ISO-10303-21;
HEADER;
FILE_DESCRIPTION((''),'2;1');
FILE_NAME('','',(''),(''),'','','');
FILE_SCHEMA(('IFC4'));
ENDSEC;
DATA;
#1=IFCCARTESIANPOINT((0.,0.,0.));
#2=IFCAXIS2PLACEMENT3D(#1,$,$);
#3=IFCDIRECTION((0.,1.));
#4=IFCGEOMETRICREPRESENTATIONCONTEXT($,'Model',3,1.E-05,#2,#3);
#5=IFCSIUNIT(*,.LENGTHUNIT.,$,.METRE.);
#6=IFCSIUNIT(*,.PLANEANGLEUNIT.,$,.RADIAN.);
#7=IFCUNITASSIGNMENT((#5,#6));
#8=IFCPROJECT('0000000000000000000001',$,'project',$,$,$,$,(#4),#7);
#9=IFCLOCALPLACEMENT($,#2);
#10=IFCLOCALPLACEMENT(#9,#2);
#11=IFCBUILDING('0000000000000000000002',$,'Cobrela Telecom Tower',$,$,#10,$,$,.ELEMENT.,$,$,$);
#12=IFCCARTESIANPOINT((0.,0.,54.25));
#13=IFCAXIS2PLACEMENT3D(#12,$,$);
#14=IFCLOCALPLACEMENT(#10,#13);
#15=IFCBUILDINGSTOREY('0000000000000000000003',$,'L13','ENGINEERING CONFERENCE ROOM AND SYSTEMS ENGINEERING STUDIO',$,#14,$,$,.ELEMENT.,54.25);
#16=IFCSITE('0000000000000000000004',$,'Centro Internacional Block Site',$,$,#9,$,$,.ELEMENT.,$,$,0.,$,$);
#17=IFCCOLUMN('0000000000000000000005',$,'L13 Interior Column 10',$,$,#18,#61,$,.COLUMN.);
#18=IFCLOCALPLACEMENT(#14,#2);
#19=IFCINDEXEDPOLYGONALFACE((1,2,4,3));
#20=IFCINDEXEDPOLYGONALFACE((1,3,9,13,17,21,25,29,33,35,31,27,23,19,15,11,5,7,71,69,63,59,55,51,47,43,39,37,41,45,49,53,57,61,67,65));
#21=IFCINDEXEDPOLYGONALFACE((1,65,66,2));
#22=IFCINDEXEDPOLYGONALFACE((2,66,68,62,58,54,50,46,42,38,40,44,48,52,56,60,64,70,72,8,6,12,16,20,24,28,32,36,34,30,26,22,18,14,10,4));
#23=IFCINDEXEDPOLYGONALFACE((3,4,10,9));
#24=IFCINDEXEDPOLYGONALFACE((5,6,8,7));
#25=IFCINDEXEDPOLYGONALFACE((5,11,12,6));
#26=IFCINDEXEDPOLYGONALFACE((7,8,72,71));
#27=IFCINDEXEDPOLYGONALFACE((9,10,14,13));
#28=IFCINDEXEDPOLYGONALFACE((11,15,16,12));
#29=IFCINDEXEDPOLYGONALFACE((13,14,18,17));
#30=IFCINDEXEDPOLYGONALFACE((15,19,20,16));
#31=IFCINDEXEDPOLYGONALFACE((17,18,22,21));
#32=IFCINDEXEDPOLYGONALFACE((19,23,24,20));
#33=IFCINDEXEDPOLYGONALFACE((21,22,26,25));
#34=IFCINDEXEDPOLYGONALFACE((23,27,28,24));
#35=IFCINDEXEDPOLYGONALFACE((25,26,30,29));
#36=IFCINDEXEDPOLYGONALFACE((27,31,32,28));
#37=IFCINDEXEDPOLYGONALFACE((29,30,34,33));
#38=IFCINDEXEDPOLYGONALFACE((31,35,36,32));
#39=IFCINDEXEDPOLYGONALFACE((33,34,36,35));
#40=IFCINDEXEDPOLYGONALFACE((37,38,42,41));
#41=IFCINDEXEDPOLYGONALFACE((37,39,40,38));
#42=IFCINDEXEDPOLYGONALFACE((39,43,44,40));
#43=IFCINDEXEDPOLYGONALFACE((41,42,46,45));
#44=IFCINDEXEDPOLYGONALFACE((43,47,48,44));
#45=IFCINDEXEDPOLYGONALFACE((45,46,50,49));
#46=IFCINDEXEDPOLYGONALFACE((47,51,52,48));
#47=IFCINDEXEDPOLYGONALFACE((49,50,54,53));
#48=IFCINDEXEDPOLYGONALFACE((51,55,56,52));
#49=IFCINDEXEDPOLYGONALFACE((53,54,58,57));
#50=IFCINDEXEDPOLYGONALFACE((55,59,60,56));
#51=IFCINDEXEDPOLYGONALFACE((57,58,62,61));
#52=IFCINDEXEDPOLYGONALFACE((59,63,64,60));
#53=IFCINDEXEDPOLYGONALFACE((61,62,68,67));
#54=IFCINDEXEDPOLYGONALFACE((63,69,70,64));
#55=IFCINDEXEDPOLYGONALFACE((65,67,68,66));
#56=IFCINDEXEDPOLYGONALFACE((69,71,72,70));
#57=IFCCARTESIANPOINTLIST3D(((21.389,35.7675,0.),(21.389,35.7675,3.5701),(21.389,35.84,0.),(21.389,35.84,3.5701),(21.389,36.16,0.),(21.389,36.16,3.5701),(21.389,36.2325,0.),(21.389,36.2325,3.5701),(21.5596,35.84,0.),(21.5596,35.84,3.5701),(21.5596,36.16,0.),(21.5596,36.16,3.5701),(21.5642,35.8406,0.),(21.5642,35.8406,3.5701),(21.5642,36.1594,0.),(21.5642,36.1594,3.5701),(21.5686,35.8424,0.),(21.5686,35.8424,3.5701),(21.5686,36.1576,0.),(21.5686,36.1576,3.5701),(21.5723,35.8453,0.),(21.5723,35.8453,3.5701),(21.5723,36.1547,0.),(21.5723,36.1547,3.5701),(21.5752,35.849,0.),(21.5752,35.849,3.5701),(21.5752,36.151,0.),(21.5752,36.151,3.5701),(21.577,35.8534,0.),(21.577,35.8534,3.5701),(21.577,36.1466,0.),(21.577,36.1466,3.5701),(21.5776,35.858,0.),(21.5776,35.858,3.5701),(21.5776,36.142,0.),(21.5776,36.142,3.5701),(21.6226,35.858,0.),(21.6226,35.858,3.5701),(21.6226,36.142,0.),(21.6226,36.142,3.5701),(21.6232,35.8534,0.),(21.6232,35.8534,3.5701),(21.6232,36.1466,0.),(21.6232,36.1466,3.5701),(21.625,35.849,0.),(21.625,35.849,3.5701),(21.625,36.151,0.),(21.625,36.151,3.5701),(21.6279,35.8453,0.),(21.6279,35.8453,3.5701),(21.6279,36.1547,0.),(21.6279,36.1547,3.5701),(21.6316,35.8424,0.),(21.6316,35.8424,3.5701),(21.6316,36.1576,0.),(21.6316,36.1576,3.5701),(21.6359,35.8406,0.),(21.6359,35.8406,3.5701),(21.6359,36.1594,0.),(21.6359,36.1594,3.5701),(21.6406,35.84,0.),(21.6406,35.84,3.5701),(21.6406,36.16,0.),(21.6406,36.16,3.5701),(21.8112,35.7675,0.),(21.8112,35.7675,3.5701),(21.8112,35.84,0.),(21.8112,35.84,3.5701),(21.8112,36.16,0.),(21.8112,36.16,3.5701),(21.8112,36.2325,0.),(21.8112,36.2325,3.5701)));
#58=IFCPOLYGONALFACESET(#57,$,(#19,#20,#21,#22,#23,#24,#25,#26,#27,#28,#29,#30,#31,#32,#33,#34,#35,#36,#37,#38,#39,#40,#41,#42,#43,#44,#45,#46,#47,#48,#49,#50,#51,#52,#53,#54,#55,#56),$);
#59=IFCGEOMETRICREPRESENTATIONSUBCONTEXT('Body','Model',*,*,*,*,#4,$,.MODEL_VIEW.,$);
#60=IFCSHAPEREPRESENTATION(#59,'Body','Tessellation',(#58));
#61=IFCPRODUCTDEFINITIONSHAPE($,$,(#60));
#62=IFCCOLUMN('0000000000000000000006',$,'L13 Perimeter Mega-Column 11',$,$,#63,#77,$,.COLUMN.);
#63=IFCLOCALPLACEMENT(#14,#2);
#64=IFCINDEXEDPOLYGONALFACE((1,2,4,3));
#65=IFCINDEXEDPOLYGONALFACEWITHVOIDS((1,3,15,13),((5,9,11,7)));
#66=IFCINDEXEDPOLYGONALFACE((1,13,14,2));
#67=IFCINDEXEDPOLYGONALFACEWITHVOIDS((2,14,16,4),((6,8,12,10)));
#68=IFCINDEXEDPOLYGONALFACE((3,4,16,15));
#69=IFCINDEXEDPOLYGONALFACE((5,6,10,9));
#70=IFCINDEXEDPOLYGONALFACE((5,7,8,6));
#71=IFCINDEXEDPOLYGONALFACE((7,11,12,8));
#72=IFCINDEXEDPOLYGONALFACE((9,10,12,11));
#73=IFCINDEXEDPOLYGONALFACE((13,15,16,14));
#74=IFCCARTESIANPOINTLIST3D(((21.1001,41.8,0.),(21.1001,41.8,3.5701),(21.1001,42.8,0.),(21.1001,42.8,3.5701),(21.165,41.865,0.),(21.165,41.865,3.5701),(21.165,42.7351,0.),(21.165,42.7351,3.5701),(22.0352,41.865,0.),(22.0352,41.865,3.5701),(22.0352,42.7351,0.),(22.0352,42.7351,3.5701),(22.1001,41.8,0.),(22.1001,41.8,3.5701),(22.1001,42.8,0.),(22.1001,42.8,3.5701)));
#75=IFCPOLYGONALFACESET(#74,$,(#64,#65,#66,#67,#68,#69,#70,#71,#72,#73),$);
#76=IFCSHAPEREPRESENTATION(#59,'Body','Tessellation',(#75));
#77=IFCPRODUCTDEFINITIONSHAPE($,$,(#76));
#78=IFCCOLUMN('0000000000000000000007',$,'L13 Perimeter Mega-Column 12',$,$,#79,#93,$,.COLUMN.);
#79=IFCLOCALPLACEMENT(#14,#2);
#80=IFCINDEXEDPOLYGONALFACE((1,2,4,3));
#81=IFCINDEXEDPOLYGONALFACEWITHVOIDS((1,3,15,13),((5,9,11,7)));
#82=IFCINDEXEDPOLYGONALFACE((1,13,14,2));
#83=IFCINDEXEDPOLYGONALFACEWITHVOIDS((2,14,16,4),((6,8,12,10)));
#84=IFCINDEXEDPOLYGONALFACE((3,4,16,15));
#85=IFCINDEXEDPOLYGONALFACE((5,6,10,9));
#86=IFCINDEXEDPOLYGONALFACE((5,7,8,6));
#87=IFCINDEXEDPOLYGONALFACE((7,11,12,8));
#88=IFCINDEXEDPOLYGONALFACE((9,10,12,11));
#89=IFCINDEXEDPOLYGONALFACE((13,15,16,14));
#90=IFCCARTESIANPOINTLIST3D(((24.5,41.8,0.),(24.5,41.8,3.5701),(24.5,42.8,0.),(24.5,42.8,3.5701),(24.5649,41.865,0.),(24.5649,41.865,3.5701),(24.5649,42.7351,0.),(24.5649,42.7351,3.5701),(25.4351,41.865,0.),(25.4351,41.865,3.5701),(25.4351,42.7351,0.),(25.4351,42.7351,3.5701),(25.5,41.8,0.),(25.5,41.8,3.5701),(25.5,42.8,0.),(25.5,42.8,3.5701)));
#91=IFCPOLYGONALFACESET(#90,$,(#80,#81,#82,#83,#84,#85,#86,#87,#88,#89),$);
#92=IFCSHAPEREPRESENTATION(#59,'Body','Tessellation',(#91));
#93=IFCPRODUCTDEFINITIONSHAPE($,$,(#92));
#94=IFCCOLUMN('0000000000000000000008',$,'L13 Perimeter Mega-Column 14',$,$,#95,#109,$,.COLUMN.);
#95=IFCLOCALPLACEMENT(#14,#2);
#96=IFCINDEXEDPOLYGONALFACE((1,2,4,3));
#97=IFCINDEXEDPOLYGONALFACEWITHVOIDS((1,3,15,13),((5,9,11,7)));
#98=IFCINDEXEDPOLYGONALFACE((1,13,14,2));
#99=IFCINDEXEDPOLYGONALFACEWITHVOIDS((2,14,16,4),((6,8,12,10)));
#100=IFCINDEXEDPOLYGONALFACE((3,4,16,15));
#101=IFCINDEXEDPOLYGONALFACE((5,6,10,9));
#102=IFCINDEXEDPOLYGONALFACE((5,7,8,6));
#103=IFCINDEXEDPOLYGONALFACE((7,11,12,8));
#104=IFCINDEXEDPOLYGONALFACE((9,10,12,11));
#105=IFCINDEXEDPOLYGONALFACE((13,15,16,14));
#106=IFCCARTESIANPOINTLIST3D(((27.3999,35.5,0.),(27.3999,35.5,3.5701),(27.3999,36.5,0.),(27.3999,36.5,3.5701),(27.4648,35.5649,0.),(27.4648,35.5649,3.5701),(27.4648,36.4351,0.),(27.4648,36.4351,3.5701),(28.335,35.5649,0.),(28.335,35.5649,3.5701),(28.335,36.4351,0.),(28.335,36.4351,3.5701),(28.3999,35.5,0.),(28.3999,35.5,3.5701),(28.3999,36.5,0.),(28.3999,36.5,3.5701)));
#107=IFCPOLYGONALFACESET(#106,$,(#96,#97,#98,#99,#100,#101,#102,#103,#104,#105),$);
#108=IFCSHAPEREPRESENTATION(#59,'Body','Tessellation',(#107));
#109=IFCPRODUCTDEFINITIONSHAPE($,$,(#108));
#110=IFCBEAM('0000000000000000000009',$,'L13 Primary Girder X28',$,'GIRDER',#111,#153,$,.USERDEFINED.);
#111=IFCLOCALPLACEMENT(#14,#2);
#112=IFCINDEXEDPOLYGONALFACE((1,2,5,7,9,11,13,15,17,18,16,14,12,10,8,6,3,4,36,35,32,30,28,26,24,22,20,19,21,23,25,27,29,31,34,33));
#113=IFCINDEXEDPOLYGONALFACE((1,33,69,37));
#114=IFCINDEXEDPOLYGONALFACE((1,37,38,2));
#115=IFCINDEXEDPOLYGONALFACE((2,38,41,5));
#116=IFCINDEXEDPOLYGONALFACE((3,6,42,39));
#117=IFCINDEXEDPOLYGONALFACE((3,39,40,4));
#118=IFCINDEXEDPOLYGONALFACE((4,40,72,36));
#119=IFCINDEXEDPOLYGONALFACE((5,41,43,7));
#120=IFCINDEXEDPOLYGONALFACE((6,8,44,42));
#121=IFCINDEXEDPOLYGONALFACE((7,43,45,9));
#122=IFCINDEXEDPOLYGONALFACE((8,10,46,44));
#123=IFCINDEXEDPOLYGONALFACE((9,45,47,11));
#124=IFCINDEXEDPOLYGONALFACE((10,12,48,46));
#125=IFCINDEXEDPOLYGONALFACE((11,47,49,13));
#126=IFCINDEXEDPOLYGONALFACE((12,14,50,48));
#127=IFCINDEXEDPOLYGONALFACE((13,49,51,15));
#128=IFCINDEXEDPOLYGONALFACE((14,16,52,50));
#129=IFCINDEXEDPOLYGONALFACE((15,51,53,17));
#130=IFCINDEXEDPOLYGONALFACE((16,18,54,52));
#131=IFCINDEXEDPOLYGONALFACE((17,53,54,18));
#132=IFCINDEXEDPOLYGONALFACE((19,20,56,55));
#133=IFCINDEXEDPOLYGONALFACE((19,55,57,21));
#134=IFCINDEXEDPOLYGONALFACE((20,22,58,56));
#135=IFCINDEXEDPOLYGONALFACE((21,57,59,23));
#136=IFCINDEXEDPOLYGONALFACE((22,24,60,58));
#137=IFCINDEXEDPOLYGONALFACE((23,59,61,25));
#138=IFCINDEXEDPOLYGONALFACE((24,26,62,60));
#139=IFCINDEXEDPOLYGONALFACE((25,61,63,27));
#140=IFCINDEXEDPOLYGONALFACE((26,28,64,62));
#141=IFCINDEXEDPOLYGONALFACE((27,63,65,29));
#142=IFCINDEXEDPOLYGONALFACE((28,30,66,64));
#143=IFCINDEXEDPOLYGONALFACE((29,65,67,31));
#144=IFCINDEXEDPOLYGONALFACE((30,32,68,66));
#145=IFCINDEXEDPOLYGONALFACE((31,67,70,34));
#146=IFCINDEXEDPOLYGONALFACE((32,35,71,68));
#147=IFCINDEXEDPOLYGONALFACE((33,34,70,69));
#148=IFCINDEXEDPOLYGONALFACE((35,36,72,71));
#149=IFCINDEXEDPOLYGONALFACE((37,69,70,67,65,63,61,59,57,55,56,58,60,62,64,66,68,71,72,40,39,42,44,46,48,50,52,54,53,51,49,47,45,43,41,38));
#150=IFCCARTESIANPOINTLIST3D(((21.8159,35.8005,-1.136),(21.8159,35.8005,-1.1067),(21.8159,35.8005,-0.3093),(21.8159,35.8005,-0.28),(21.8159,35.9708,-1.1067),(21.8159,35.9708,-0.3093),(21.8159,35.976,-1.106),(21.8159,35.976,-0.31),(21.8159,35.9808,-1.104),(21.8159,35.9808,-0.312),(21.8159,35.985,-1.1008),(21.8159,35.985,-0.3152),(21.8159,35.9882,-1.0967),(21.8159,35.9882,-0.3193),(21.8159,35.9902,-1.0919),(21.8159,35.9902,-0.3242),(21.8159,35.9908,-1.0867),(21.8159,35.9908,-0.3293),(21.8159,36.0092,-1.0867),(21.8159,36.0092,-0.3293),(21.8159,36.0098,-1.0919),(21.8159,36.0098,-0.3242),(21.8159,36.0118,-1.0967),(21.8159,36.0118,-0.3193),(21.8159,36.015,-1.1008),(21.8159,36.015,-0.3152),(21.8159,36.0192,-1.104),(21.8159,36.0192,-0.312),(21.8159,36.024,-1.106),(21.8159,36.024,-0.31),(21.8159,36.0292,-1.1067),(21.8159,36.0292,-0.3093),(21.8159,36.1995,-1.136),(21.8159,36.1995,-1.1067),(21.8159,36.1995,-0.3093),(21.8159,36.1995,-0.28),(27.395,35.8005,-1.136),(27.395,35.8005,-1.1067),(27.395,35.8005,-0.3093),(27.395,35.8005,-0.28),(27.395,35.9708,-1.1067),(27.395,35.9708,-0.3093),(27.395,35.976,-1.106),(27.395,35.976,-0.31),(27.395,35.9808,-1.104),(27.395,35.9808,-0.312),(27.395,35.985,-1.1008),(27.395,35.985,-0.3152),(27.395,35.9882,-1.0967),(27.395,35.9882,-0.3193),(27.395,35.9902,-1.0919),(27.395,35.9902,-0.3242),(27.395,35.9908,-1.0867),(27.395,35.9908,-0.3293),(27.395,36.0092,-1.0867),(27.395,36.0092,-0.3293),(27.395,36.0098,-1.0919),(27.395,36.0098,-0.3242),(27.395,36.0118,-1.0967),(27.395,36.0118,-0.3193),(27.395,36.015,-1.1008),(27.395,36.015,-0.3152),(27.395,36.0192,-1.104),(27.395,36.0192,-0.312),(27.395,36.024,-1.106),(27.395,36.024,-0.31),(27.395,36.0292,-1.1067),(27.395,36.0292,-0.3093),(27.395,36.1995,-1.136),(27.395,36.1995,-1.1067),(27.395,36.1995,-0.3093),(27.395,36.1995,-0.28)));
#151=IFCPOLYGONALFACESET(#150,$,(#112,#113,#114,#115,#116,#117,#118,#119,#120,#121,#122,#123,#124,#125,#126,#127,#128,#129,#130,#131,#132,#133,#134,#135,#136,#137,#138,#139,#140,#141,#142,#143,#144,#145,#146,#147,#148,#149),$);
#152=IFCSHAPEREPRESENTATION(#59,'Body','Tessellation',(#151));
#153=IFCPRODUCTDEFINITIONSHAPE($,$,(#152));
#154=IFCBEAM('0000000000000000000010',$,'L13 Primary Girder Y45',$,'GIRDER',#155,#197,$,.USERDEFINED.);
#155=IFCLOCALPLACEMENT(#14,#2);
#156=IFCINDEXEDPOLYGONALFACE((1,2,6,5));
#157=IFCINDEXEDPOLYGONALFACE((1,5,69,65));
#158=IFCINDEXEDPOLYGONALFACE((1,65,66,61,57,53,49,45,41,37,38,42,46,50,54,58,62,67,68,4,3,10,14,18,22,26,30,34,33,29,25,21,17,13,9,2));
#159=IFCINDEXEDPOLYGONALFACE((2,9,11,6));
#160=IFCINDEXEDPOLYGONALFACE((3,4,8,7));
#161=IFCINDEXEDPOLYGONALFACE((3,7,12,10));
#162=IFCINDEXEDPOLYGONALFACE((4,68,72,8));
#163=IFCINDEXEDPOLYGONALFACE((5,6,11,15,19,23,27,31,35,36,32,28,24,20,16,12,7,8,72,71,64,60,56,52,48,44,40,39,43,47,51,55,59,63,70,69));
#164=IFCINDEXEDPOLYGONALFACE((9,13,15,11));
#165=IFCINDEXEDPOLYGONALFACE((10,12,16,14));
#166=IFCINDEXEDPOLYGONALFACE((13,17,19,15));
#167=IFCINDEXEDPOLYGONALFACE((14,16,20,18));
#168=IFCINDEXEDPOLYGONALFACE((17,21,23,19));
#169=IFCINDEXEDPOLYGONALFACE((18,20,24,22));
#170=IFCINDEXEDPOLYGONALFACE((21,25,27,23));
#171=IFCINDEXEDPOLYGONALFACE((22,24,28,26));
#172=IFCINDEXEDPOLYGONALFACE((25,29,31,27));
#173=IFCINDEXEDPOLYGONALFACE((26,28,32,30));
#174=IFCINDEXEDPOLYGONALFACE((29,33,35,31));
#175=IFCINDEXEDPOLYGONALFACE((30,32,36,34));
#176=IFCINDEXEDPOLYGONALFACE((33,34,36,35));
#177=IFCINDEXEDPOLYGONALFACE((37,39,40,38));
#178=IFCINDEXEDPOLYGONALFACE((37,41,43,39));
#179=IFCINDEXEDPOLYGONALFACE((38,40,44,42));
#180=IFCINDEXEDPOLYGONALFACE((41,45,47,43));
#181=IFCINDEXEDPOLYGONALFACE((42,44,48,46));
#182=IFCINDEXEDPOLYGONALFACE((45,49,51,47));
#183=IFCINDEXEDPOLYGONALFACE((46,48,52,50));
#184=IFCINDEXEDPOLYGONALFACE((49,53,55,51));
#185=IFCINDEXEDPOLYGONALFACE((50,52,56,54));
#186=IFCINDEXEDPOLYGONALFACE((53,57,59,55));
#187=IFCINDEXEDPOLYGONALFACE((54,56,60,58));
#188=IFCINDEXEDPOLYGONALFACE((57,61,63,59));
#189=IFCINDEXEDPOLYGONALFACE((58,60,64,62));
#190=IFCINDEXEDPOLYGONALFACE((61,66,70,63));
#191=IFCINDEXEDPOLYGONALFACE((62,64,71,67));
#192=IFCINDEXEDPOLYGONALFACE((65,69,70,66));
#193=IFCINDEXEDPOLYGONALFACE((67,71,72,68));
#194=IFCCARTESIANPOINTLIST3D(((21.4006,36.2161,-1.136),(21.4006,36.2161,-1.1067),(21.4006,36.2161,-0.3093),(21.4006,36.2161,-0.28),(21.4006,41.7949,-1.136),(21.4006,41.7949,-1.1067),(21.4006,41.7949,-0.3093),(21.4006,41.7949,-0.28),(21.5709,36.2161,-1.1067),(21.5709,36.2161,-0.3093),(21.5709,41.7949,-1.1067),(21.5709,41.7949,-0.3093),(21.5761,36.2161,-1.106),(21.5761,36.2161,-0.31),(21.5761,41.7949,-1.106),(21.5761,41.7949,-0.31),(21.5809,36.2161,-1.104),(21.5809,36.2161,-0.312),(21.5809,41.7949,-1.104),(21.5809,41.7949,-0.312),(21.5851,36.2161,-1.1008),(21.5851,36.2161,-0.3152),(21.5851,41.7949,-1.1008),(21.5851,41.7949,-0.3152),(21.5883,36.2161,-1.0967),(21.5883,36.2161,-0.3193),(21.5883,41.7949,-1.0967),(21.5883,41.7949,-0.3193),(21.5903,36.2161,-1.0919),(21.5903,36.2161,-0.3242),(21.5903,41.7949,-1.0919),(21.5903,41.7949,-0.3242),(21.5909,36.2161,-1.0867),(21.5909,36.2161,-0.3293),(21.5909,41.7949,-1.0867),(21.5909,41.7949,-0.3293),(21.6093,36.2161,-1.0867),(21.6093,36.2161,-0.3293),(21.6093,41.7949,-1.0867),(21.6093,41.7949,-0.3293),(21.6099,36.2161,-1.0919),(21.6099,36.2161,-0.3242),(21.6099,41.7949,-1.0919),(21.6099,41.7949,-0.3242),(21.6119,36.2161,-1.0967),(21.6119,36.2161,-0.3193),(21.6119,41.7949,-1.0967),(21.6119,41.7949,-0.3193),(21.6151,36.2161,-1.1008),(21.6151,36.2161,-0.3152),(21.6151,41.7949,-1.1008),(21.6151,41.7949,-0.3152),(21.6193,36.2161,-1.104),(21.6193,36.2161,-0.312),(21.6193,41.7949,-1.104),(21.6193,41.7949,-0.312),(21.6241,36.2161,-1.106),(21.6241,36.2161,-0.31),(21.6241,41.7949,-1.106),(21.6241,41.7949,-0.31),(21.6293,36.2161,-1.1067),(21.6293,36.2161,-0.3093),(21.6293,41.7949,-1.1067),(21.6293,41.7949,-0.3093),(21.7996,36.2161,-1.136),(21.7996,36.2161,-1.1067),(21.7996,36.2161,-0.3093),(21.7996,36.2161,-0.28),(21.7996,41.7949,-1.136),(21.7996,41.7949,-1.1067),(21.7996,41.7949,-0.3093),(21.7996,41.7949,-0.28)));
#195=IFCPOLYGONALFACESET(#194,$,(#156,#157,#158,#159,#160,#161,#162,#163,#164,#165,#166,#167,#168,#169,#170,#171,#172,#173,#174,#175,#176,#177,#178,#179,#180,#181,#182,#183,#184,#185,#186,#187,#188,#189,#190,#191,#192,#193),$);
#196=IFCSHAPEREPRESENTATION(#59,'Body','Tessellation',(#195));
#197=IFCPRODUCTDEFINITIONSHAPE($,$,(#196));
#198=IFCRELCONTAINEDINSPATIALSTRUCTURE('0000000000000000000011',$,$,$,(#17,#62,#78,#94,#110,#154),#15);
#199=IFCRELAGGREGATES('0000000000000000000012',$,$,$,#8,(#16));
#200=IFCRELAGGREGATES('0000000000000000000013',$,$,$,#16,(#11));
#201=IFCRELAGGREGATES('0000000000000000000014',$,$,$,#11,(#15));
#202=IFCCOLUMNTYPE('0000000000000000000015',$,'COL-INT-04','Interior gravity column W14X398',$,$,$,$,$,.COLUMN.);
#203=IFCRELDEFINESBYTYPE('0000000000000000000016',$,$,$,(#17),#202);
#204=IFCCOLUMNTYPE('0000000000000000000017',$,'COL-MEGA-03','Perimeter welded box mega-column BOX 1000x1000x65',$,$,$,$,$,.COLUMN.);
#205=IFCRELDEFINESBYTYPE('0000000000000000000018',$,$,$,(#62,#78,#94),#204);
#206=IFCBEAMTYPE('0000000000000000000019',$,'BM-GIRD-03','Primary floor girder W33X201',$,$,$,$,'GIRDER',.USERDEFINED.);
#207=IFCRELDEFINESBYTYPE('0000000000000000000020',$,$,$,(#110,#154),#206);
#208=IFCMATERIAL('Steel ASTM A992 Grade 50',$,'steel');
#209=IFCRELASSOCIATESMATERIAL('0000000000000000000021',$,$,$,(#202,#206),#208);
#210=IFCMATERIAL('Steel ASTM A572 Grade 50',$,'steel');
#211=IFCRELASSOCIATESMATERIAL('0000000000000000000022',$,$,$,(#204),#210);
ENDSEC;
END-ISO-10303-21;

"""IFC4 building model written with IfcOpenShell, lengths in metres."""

from ifc_helpers import new_model, si_unit, direction, frame, origin, origin_2d, place, context, subcontext, project, spatial, hollow_rectangle, i_section, extrude, material, material_profile, profile_set, type_object, element, save


model = new_model("IFC4")

# Units and contexts
model_context = context("Model", 3, precision=1e-05, world=origin(), true_north=direction((0.0, 1.0)))
body_context = subcontext(model_context, "Body", "Model", "MODEL_VIEW")
ifc_project = project(units=[si_unit("LENGTHUNIT", "METRE"), si_unit("PLANEANGLEUNIT", "RADIAN")], contexts=[model_context])

# Site, building, storey
site_placement = place(None, origin())
site = spatial("IfcSite", under=ifc_project, at=site_placement, Name="Centro Internacional Block Site", CompositionType="ELEMENT", RefElevation=0.0)
building_placement = place(site_placement, origin())
building = spatial("IfcBuilding", under=site, at=building_placement, Name="Cobrela Telecom Tower", CompositionType="ELEMENT")
storey_placement = place(building_placement, frame((0.0, 0.0, 54.25)))
storey = spatial("IfcBuildingStorey", under=building, at=storey_placement, Name="L13", Description="ENGINEERING CONFERENCE ROOM AND SYSTEMS ENGINEERING STUDIO", CompositionType="ELEMENT", Elevation=54.25)

# Columns
ifc_material_1 = material(Name="Steel ASTM A992 Grade 50", Category="steel")
ifc_material_profile_1 = material_profile(ifc_material_1, i_section(OverallWidth=0.4221, OverallDepth=0.4651, WebThickness=0.0449, FlangeThickness=0.0725, FilletRadius=0.0181, at=origin_2d()), Name="W14X398")
ifc_profile_set_1 = profile_set([ifc_material_profile_1], Name="Steel ASTM A992 Grade 50")
column_type_1 = type_object("IfcColumnType", Name="COL-INT-04", Description="Interior gravity column W14X398", PredefinedType="COLUMN", material=ifc_profile_set_1)
column_placement = place(storey_placement, frame((21.6001, 36.0, 0.0), z_axis=(0.0, 0.0, 1.0), x_axis=(1.0, 0.0, 0.0)))
element("IfcColumn", 1, at=column_placement, inside=storey, type_object=column_type_1, Name="L13 Interior Column 10", PredefinedType="COLUMN", context=body_context, shape_type="SweptSolid", body=[
    extrude(i_section(OverallWidth=0.4221, OverallDepth=0.4651, WebThickness=0.0449, FlangeThickness=0.0725, FilletRadius=0.0181, at=origin_2d()), origin(), (0.0, 0.0, 1.0), 3.5701),
])
ifc_material_2 = material(Name="Steel ASTM A572 Grade 50", Category="steel")
ifc_material_profile_2 = material_profile(ifc_material_2, hollow_rectangle(XDim=1.0, YDim=1.0, WallThickness=0.0649, at=origin_2d()), Name="BOX 1000x1000x65")
ifc_profile_set_2 = profile_set([ifc_material_profile_2], Name="Steel ASTM A572 Grade 50")
column_type_2 = type_object("IfcColumnType", Name="COL-MEGA-03", Description="Perimeter welded box mega-column BOX 1000x1000x65", PredefinedType="COLUMN", material=ifc_profile_set_2)
for number, where, z_axis, x_axis, name in (
    (2, (21.6001, 42.3, 0.0), (0.0, 0.0, 1.0), (1.0, 0.0, 0.0), "L13 Perimeter Mega-Column 11"),
    (3, (25.0, 42.3, 0.0), (0.0, 0.0, 1.0), (1.0, 0.0, 0.0), "L13 Perimeter Mega-Column 12"),
    (4, (27.8999, 36.0, 0.0), (0.0, 0.0, 1.0), (1.0, 0.0, 0.0), "L13 Perimeter Mega-Column 14"),
):
    element("IfcColumn", number, at=place(storey_placement, frame(where, z_axis=z_axis, x_axis=x_axis)), inside=storey, type_object=column_type_2, Name=name, PredefinedType="COLUMN", context=body_context, shape_type="SweptSolid", body=[
        extrude(hollow_rectangle(XDim=1.0, YDim=1.0, WallThickness=0.0649, at=origin_2d()), origin(), (0.0, 0.0, 1.0), 3.5701),
    ])

# Beams
ifc_material_profile_3 = material_profile(ifc_material_1, i_section(OverallWidth=0.3989, OverallDepth=0.856, WebThickness=0.0183, FlangeThickness=0.0293, FilletRadius=0.02, at=origin_2d()), Name="W33X201")
ifc_profile_set_3 = profile_set([ifc_material_profile_3], Name="Steel ASTM A992 Grade 50")
beam_type_1 = type_object("IfcBeamType", Name="BM-GIRD-03", Description="Primary floor girder W33X201", ElementType="GIRDER", PredefinedType="USERDEFINED", material=ifc_profile_set_3)
beam_1_placement = place(storey_placement, frame((21.8159, 36.0, -0.708), z_axis=(1.0, 0.0, 0.0), x_axis=(0.0, 1.0, 0.0)))
element("IfcBeam", 5, at=beam_1_placement, inside=storey, type_object=beam_type_1, Name="L13 Primary Girder X28", ObjectType="GIRDER", PredefinedType="USERDEFINED", context=body_context, shape_type="SweptSolid", body=[
    extrude(i_section(OverallWidth=0.3989, OverallDepth=0.856, WebThickness=0.0183, FlangeThickness=0.0293, FilletRadius=0.02, at=origin_2d()), origin(), (0.0, 0.0, 1.0), 5.5791),
])
beam_2_placement = place(storey_placement, frame((21.6001, 36.2161, -0.708), z_axis=(0.0, 1.0, 0.0), x_axis=(-1.0, 0.0, 0.0)))
element("IfcBeam", 6, at=beam_2_placement, inside=storey, type_object=beam_type_1, Name="L13 Primary Girder Y45", ObjectType="GIRDER", PredefinedType="USERDEFINED", context=body_context, shape_type="SweptSolid", body=[
    extrude(i_section(OverallWidth=0.3989, OverallDepth=0.856, WebThickness=0.0183, FlangeThickness=0.0293, FilletRadius=0.02, at=origin_2d()), origin(), (0.0, 0.0, 1.0), 5.5789),
])

save(model, "model.ifc")
